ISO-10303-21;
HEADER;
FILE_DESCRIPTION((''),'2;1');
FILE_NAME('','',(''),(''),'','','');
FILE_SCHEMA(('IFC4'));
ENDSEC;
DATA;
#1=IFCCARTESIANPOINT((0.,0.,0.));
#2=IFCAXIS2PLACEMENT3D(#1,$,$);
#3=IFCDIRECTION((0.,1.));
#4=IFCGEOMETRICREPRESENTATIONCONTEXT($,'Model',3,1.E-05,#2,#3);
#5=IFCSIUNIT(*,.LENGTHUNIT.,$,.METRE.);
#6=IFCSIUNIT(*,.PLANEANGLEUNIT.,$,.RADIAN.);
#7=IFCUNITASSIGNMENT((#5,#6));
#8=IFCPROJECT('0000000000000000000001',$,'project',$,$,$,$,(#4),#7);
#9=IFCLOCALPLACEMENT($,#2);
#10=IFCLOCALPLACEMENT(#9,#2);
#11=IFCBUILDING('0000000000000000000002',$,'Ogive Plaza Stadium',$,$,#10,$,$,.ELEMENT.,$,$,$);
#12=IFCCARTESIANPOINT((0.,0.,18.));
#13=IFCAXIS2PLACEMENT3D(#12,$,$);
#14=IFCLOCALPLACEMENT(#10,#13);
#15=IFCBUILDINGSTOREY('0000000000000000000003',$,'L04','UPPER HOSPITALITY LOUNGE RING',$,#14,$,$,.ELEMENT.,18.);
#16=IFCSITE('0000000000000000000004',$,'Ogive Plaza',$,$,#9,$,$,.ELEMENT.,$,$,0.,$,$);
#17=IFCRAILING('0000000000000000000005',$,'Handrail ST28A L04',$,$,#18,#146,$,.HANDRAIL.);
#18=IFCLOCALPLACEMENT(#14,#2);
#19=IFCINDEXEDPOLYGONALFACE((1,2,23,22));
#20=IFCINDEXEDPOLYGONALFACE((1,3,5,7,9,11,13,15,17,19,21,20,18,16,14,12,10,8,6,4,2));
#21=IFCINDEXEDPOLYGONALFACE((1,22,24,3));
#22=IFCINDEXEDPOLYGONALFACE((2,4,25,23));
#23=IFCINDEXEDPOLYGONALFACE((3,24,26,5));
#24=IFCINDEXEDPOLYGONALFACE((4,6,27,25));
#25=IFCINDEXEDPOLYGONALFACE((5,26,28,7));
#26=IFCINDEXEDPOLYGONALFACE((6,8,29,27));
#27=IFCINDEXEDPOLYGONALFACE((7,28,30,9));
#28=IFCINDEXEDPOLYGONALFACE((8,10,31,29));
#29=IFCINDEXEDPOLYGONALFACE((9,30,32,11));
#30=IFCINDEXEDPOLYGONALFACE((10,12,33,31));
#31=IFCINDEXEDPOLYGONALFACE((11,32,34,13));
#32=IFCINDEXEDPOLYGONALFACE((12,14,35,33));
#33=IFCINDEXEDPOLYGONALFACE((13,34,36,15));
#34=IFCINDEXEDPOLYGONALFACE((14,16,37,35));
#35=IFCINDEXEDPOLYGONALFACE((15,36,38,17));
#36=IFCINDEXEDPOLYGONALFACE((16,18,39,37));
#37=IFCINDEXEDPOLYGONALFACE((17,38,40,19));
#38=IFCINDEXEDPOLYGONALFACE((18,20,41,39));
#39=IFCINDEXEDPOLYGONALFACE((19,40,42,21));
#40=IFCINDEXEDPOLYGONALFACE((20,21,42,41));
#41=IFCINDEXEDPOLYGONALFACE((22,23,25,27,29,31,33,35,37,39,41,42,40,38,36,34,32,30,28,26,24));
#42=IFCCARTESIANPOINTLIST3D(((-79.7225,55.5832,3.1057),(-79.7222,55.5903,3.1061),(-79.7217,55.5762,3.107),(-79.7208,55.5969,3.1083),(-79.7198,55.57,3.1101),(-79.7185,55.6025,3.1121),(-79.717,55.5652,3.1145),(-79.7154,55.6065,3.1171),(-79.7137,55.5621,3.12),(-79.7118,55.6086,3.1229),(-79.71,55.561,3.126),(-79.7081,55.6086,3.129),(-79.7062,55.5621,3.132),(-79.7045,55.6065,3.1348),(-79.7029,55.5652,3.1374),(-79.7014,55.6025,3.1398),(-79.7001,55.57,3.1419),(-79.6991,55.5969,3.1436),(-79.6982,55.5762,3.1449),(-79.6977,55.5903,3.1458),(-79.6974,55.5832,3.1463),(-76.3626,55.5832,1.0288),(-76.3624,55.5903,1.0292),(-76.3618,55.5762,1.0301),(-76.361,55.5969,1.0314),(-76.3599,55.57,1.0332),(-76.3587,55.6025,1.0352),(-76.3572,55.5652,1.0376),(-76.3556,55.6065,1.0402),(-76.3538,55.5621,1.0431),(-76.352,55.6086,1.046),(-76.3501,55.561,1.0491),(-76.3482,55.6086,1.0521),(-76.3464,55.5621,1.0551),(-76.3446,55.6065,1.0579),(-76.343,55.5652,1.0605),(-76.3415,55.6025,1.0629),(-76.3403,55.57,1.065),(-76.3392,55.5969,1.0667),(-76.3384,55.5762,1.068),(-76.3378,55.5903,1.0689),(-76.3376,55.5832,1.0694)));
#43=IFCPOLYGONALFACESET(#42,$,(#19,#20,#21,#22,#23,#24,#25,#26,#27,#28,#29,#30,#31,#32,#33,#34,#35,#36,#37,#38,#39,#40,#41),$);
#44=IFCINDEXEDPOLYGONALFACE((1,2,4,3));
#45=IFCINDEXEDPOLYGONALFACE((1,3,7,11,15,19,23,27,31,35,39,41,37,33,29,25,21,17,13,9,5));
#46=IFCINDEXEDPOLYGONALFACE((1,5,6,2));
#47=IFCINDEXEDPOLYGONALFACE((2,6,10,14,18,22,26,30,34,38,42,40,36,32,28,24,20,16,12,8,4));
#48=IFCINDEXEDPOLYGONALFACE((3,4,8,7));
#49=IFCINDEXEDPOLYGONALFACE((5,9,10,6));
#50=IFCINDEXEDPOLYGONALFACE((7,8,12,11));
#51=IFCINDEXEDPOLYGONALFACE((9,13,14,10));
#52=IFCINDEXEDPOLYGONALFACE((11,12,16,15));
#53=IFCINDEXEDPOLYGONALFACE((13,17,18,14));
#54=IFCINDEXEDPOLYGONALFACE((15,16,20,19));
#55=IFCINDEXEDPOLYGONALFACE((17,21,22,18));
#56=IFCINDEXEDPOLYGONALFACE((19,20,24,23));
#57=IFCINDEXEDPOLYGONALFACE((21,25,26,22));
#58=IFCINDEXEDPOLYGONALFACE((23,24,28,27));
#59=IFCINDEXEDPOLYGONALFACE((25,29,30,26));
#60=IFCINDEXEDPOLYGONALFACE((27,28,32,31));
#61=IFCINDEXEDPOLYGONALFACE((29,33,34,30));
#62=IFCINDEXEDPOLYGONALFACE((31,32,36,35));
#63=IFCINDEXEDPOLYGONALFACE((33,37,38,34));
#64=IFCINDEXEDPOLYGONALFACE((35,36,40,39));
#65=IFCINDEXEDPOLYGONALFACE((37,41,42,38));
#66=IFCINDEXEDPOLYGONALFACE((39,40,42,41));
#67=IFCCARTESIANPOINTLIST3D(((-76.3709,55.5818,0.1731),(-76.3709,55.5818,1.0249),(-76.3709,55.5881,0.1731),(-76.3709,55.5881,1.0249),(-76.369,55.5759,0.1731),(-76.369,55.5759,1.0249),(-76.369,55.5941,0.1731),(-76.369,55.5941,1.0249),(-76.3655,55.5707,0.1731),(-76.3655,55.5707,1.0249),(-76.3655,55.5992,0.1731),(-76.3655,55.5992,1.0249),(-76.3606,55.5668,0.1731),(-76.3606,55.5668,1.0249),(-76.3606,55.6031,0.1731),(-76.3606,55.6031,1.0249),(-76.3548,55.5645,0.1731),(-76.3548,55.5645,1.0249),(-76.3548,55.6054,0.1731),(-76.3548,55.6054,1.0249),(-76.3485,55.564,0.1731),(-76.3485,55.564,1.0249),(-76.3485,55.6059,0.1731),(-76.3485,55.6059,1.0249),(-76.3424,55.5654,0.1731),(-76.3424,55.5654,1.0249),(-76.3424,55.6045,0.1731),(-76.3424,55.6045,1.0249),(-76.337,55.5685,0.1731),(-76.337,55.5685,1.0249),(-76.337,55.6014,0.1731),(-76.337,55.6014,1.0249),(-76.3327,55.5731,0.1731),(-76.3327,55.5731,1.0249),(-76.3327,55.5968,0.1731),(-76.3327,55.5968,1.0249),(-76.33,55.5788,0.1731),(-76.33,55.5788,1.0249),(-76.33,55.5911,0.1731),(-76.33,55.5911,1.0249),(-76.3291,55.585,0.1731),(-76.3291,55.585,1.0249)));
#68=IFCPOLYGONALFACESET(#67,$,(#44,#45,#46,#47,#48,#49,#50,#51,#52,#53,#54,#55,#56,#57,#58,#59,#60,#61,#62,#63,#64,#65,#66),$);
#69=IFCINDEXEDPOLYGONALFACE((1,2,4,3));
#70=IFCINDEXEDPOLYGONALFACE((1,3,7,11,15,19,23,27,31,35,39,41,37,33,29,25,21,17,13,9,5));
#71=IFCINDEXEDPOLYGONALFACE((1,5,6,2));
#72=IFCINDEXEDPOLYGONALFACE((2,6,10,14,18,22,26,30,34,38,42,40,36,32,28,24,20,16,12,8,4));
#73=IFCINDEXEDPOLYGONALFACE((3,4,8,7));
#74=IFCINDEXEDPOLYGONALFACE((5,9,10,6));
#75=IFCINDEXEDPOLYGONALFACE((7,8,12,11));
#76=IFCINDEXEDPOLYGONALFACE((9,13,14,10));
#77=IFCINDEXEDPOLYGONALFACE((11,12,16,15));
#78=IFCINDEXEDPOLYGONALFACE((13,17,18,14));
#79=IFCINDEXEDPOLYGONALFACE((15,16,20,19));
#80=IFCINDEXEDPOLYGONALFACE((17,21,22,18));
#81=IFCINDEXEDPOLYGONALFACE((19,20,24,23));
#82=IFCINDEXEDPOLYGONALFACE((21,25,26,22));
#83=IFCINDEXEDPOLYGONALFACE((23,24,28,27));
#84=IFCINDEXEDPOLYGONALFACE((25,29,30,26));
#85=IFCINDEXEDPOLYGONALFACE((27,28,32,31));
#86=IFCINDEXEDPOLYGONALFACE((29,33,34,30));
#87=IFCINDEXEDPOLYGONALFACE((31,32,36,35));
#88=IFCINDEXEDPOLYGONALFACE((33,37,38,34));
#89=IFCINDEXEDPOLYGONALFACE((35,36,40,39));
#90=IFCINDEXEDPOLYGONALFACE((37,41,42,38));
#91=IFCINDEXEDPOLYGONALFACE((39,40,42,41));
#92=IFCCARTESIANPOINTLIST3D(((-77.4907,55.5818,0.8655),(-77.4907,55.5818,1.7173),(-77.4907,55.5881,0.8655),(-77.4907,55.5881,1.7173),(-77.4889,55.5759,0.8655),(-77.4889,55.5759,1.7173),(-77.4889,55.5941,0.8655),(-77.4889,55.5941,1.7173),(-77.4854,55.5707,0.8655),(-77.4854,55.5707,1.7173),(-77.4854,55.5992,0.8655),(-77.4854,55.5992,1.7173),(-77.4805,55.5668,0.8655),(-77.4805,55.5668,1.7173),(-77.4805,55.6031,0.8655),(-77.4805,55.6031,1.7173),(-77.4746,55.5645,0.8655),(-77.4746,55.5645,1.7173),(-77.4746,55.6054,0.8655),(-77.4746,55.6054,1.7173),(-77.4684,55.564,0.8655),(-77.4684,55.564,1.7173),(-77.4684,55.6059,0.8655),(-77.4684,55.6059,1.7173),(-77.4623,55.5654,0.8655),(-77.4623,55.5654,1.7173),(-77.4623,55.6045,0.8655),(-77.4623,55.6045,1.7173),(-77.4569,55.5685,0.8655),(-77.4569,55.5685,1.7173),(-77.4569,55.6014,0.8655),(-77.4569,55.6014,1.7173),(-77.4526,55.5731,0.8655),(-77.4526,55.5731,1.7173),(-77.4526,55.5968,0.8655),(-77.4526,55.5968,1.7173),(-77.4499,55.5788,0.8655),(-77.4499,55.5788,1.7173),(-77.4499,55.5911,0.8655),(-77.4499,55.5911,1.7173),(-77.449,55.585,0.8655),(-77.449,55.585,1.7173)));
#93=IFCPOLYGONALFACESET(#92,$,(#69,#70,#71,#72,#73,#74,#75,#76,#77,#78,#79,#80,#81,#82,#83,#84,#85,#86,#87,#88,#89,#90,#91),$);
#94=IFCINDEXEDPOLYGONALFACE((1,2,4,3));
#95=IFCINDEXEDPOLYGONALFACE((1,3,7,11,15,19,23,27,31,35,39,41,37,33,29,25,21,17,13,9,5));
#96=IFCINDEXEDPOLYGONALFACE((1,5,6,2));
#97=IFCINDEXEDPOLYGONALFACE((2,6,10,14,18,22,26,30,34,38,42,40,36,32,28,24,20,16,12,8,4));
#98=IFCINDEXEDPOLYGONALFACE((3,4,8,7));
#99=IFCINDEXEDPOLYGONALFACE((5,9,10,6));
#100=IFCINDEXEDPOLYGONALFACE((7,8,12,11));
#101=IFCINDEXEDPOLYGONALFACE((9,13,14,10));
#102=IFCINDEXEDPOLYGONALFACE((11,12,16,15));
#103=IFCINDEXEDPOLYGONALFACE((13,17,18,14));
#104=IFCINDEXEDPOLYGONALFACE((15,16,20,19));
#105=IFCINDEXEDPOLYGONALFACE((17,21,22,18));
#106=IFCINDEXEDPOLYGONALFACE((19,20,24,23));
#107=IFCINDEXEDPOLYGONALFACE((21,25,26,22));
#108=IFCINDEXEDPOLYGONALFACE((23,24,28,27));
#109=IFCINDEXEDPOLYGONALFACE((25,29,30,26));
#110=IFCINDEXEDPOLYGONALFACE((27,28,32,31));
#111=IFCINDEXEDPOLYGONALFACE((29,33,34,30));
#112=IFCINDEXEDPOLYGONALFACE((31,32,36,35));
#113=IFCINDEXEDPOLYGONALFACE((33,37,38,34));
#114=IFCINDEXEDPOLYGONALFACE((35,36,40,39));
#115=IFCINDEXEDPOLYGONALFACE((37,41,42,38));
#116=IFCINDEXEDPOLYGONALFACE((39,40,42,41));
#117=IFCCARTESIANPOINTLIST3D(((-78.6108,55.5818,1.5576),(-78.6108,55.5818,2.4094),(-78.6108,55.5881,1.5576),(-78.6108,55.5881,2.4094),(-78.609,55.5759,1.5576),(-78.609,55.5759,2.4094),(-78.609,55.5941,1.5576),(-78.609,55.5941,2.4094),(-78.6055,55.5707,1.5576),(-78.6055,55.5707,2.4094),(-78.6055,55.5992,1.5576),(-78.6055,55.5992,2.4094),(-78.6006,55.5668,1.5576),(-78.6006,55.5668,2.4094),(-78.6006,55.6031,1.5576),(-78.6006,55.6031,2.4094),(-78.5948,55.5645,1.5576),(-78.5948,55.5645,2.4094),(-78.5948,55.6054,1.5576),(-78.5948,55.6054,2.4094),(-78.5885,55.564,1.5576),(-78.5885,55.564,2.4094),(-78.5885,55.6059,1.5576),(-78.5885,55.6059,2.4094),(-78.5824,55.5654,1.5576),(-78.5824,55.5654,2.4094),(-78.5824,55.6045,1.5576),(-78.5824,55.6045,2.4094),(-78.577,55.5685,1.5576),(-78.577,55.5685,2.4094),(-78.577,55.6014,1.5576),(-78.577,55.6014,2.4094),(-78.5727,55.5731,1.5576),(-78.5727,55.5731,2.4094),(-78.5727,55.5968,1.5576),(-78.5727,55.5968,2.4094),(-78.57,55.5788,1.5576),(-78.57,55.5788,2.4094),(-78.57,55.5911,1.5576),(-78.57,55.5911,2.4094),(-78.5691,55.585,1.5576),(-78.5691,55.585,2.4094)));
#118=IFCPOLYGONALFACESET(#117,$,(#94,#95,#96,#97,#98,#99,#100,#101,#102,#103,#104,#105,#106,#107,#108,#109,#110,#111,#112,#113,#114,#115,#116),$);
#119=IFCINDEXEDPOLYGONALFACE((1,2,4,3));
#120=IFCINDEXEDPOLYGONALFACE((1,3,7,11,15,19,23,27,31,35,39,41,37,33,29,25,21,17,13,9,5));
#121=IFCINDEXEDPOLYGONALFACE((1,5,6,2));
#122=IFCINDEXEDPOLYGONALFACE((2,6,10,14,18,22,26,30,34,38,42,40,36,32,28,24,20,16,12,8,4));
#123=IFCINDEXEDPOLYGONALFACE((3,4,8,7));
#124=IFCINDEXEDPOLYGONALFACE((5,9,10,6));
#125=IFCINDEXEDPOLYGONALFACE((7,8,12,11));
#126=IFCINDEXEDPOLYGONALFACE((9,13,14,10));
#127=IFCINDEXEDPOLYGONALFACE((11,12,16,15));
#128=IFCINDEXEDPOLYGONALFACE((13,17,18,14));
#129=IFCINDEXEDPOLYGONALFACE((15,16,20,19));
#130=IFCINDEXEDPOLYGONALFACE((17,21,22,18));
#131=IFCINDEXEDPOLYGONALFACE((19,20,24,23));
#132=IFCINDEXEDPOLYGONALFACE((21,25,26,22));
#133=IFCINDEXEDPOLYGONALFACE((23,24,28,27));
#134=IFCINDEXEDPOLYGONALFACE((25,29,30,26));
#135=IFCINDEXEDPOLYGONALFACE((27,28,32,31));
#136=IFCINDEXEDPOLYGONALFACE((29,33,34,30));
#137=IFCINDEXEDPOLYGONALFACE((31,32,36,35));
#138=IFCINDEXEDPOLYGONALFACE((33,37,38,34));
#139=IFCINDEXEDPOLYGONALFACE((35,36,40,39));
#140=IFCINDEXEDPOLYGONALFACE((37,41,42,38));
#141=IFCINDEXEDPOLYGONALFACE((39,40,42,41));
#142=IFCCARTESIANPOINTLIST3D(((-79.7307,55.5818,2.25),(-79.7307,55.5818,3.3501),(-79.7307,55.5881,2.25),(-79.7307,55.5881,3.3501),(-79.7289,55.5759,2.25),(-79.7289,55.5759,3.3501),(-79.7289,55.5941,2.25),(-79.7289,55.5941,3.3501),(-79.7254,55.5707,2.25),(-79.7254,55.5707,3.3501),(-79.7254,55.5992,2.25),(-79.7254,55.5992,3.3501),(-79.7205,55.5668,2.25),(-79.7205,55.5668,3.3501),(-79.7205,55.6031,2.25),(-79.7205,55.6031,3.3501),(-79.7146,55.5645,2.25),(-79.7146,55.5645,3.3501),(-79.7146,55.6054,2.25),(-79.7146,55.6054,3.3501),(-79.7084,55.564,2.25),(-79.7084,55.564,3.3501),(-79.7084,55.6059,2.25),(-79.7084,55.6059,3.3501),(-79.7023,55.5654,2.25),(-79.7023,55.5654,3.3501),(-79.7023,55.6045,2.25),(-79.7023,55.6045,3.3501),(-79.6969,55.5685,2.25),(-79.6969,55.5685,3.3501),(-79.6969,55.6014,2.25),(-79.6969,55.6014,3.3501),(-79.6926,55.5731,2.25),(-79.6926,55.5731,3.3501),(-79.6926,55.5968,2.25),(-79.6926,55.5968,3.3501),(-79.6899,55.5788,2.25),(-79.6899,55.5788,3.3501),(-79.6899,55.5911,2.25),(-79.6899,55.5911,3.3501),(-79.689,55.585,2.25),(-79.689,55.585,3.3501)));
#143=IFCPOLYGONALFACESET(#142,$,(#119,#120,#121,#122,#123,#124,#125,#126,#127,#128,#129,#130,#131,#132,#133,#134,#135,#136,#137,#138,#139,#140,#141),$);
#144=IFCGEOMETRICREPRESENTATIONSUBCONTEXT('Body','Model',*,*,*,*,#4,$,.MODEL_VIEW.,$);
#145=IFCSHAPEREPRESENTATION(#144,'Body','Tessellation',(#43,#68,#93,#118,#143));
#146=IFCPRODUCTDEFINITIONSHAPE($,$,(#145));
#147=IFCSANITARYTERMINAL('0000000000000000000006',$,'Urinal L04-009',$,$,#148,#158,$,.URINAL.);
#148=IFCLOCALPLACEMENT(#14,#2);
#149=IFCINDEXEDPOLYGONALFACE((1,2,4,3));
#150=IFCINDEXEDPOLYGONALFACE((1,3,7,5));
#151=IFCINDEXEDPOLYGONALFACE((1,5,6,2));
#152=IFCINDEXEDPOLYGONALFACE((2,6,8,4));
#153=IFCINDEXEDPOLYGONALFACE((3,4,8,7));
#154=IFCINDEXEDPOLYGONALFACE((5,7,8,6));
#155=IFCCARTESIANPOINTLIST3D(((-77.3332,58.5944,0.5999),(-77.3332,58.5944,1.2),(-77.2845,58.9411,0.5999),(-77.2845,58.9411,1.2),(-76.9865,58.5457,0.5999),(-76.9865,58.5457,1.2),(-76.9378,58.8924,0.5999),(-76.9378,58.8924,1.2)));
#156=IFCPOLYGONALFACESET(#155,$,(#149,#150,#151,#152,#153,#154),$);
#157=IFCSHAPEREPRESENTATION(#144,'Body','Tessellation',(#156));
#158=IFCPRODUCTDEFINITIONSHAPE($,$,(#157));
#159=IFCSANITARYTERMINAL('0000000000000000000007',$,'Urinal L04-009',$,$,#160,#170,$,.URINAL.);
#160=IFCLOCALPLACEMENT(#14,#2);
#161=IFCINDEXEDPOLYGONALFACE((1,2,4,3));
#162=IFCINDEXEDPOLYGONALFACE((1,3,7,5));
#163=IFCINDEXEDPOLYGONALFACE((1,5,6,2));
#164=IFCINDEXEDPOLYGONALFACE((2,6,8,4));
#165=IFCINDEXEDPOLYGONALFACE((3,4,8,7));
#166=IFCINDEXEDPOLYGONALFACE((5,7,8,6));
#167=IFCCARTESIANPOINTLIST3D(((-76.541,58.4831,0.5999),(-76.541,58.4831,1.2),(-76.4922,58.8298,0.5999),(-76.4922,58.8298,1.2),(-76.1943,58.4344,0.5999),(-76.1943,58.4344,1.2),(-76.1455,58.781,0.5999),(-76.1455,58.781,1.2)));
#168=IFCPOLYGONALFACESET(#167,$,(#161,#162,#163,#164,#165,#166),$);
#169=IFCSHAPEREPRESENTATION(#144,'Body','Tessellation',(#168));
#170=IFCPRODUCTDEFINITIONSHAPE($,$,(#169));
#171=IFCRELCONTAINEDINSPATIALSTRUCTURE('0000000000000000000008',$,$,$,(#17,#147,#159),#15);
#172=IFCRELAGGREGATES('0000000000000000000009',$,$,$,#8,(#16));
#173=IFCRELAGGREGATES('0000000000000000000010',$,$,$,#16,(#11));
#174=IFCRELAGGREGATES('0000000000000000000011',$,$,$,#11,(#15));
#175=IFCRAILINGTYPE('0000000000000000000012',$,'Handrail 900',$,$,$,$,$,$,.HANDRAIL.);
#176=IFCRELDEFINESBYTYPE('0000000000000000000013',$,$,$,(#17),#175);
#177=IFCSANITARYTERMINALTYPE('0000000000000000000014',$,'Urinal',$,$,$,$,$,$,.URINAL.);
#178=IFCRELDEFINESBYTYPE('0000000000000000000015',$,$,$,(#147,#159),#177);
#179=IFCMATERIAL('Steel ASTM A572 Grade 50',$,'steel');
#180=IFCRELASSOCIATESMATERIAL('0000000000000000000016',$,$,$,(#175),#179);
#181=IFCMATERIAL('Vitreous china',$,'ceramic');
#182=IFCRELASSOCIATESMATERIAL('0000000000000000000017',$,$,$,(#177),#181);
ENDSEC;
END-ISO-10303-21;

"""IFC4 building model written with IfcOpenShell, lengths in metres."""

from ifc_helpers import new_model, si_unit, direction, frame, origin, origin_2d, place, context, subcontext, project, spatial, rectangle, circle, extrude, material, type_object, element, save


model = new_model("IFC4")

# Units and contexts
model_context = context("Model", 3, precision=1e-05, world=origin(), true_north=direction((0.0, 1.0)))
body_context = subcontext(model_context, "Body", "Model", "MODEL_VIEW")
ifc_project = project(units=[si_unit("LENGTHUNIT", "METRE"), si_unit("PLANEANGLEUNIT", "RADIAN")], contexts=[model_context])

# Site, building, storey
site_placement = place(None, origin())
site = spatial("IfcSite", under=ifc_project, at=site_placement, Name="Ogive Plaza", CompositionType="ELEMENT", RefElevation=0.0)
building_placement = place(site_placement, origin())
building = spatial("IfcBuilding", under=site, at=building_placement, Name="Ogive Plaza Stadium", CompositionType="ELEMENT")
storey_placement = place(building_placement, frame((0.0, 0.0, 18.0)))
storey = spatial("IfcBuildingStorey", under=building, at=storey_placement, Name="L04", Description="UPPER HOSPITALITY LOUNGE RING", CompositionType="ELEMENT", Elevation=18.0)

# Railing
ifc_material_1 = material(Name="Steel ASTM A572 Grade 50", Category="steel")
railing_type_1 = type_object("IfcRailingType", Name="Handrail 900", PredefinedType="HANDRAIL", material=ifc_material_1)
for number, where, name in (
    (1, (-76.3501, 55.585, 0.1731), "Handrail ST28A L04"),
):
    element("IfcRailing", number, at=place(storey_placement, frame(where)), inside=storey, type_object=railing_type_1, Name=name, PredefinedType="HANDRAIL", context=body_context, shape_type="SweptSolid", body=[
        extrude(circle(Radius=0.0239, at=origin_2d()), frame((0.0, 0.0, 0.876), z_axis=(-0.850606, 0.0, 0.525803), x_axis=(0.0, -1.0, 0.0)), (0.0, 0.0, 1.0), 3.95),
        extrude(circle(Radius=0.021, at=origin_2d()), origin(), (0.0, 0.0, 1.0), 0.8518),
        extrude(circle(Radius=0.021, at=origin_2d()), frame((-1.1199, 0.0, 0.6924)), (0.0, 0.0, 1.0), 0.8518),
        extrude(circle(Radius=0.021, at=origin_2d()), frame((-2.24, 0.0, 1.3845)), (0.0, 0.0, 1.0), 0.8518),
        extrude(circle(Radius=0.021, at=origin_2d()), frame((-3.3599, 0.0, 2.0769)), (0.0, 0.0, 1.0), 1.1001),
    ])

# Sanitary terminals
ifc_material_2 = material(Name="Vitreous china", Category="ceramic")
sanitary_terminal_type = type_object("IfcSanitaryTerminalType", Name="Urinal", PredefinedType="URINAL", material=ifc_material_2)
for number, where, z_axis, x_axis, name in (
    (2, (-77.1355, 58.7434, 0.5999), (0.0, 0.0, 1.0), (0.990254, -0.139272, 0.0), "Urinal L04-009"),
    (3, (-76.3433, 58.6321, 0.5999), (0.0, 0.0, 1.0), (0.990254, -0.139272, 0.0), "Urinal L04-009"),
):
    element("IfcSanitaryTerminal", number, at=place(storey_placement, frame(where, z_axis=z_axis, x_axis=x_axis)), inside=storey, type_object=sanitary_terminal_type, Name=name, PredefinedType="URINAL", context=body_context, shape_type="SweptSolid", body=[
        extrude(rectangle(XDim=0.3501, YDim=0.3501, at=origin_2d()), origin(), (0.0, 0.0, 1.0), 0.6001),
    ])

save(model, "model.ifc")
